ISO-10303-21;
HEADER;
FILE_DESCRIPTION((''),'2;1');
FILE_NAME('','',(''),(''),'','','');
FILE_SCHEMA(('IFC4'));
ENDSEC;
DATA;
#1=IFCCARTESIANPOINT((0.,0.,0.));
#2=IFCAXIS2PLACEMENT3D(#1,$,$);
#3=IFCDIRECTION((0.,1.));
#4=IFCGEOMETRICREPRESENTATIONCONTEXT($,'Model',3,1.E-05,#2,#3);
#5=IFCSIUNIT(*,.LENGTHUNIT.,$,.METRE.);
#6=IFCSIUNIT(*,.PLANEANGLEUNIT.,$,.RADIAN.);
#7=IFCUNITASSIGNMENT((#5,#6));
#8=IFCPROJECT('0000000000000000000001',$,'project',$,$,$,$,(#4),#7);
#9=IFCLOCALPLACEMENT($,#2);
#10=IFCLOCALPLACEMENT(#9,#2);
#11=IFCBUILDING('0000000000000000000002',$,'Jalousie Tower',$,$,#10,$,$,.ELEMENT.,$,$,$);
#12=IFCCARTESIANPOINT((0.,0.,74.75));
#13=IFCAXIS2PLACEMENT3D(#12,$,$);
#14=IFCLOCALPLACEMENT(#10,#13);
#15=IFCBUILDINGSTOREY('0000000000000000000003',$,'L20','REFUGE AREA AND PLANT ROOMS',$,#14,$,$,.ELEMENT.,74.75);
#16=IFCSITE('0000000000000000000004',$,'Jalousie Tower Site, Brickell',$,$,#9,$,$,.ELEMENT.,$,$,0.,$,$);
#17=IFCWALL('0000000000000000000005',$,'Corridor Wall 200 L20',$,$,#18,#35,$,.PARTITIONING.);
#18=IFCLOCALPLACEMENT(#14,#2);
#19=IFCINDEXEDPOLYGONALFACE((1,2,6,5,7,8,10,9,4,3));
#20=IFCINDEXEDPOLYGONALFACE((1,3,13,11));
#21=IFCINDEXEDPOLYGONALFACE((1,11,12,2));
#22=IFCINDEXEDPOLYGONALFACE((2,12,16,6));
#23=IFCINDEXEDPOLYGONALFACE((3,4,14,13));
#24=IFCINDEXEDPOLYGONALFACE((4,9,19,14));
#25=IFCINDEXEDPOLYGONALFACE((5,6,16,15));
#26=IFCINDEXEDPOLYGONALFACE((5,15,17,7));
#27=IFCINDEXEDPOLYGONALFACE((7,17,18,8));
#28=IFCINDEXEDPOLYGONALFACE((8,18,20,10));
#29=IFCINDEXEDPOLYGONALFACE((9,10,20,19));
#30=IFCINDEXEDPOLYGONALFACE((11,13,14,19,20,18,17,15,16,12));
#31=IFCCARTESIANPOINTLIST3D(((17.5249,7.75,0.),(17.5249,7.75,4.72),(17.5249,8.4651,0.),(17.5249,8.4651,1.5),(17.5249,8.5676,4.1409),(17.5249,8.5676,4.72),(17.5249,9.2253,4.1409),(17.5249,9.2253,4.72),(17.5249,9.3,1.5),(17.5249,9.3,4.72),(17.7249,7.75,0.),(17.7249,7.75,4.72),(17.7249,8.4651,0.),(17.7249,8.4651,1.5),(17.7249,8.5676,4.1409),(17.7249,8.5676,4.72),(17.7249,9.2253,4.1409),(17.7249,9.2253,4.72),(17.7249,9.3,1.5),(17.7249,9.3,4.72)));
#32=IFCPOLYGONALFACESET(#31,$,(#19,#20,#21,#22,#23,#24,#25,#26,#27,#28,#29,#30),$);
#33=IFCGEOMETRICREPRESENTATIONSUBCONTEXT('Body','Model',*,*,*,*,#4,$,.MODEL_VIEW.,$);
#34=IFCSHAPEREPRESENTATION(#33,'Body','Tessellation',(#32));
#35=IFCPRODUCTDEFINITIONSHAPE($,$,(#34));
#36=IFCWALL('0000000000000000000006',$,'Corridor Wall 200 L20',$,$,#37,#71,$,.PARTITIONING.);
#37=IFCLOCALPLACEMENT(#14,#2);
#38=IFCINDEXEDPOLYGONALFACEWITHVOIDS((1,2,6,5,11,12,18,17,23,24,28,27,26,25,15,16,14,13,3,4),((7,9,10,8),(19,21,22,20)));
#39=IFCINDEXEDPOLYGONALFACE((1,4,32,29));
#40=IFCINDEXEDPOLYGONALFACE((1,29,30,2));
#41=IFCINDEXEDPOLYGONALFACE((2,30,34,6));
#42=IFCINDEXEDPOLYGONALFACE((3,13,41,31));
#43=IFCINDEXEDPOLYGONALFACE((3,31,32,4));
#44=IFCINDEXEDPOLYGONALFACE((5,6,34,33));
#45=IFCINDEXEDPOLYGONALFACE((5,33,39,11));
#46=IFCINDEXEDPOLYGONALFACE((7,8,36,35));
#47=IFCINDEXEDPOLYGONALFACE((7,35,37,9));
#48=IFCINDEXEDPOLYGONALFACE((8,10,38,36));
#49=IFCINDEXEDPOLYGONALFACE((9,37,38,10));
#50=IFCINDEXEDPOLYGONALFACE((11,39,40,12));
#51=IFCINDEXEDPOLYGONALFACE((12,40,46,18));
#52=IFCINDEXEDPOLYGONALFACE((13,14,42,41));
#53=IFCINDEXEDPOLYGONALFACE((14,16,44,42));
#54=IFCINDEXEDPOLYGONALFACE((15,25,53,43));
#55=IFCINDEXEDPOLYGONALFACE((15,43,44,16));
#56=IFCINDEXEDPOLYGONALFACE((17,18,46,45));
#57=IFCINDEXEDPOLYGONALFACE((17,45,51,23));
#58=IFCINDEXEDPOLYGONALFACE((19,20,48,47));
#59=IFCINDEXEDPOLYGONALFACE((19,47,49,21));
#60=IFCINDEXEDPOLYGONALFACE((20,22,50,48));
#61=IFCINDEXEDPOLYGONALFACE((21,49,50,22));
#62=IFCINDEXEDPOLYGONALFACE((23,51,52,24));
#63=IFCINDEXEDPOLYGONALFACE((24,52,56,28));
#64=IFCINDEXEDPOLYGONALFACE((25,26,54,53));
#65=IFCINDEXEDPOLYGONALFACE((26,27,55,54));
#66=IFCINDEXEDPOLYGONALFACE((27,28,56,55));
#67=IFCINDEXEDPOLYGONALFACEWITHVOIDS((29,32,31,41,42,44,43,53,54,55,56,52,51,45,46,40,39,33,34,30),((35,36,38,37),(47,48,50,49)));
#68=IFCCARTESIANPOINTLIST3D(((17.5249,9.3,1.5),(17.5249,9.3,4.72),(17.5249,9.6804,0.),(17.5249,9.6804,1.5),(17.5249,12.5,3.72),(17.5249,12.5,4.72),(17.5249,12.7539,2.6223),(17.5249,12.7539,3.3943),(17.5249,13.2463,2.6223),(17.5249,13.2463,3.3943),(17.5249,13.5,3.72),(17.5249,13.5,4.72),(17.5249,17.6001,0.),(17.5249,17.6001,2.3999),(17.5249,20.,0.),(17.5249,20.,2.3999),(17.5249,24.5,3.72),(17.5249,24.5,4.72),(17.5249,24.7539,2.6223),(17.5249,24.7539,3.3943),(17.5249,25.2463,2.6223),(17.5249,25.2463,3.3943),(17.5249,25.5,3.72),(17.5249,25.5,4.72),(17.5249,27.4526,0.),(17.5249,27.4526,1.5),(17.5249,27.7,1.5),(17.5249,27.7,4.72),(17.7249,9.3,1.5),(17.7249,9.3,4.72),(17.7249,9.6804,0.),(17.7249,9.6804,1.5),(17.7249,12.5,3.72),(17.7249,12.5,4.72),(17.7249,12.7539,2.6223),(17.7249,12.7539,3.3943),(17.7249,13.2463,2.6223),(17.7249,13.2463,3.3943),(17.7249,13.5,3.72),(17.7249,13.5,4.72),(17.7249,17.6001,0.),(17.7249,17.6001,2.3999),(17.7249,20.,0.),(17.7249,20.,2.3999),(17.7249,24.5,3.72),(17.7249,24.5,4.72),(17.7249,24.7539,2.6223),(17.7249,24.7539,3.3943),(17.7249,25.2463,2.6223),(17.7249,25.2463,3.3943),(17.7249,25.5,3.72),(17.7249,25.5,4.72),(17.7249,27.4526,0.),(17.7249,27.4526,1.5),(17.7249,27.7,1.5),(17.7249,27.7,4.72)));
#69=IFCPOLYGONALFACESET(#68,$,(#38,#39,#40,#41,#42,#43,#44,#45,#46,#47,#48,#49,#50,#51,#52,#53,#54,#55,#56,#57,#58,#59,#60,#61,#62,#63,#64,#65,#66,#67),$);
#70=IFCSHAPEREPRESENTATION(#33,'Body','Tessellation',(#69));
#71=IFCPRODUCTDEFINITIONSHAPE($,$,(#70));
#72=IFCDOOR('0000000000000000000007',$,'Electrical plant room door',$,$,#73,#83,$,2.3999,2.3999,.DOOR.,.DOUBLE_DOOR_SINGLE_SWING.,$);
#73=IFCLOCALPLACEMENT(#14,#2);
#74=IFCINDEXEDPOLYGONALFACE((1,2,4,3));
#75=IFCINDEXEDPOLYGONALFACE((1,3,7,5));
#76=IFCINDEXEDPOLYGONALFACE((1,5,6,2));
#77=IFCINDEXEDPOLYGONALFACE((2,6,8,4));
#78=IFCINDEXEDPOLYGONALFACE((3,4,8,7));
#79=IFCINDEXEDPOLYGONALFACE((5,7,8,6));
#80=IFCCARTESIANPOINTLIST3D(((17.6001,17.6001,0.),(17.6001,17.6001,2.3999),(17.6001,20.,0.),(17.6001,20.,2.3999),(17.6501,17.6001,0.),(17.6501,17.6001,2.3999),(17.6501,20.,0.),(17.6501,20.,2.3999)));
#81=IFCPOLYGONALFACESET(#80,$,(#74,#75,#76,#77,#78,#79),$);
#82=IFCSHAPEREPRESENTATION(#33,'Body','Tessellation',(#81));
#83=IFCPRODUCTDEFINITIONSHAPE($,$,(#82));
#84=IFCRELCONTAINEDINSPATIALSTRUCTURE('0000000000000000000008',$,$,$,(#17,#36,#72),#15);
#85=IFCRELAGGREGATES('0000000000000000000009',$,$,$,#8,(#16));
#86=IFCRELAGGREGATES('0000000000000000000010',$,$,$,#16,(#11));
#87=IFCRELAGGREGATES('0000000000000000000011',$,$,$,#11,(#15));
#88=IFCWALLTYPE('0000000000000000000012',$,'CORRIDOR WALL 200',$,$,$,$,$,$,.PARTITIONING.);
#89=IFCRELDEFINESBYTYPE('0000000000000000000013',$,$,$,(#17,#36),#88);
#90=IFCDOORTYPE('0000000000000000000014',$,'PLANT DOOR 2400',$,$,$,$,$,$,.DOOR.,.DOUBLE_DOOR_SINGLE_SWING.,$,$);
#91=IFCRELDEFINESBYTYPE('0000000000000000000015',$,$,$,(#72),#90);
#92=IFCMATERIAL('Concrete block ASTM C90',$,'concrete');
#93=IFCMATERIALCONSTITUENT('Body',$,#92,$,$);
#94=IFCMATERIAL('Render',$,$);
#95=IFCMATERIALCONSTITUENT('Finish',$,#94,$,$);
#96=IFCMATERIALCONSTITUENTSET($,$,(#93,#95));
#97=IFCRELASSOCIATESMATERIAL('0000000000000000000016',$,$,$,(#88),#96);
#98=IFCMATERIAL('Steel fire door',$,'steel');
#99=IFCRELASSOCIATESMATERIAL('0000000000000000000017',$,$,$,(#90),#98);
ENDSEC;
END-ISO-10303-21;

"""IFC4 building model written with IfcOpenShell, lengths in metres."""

from ifc_helpers import new_model, si_unit, direction, frame, frame_2d, origin, place, context, subcontext, project, spatial, polyline, rectangle, outline, extrude, material, constituent, constituent_set, type_object, element, fill, save


model = new_model("IFC4")

# Units and contexts
model_context = context("Model", 3, precision=1e-05, world=origin(), true_north=direction((0.0, 1.0)))
body_context = subcontext(model_context, "Body", "Model", "MODEL_VIEW")
ifc_project = project(units=[si_unit("LENGTHUNIT", "METRE"), si_unit("PLANEANGLEUNIT", "RADIAN")], contexts=[model_context])

# Site, building, storey
site_placement = place(None, origin())
site = spatial("IfcSite", under=ifc_project, at=site_placement, Name="Jalousie Tower Site, Brickell", CompositionType="ELEMENT", RefElevation=0.0)
building_placement = place(site_placement, origin())
building = spatial("IfcBuilding", under=site, at=building_placement, Name="Jalousie Tower", CompositionType="ELEMENT")
storey_placement = place(building_placement, frame((0.0, 0.0, 74.75)))
storey = spatial("IfcBuildingStorey", under=building, at=storey_placement, Name="L20", Description="REFUGE AREA AND PLANT ROOMS", CompositionType="ELEMENT", Elevation=74.75)

# Shared definitions
ifc_material_1 = material(Name="Concrete block ASTM C90", Category="concrete")
ifc_constituent_1 = constituent(ifc_material_1, Name="Body")
ifc_material_2 = material(Name="Render")
ifc_constituent_2 = constituent(ifc_material_2, Name="Finish")
ifc_constituent_set = constituent_set(constituents=[ifc_constituent_1, ifc_constituent_2])
wall_type_1 = type_object("IfcWallType", Name="CORRIDOR WALL 200", PredefinedType="PARTITIONING", material=ifc_constituent_set)

# Wall
wall_1_placement = place(storey_placement, frame((17.625, 7.75, 0.0), z_axis=(0.0, 0.0, 1.0), x_axis=(0.0, 1.0, 0.0)))
element("IfcWall", 1, at=wall_1_placement, inside=storey, type_object=wall_type_1, Name="Corridor Wall 200 L20", PredefinedType="PARTITIONING", context=body_context, shape_type="SweptSolid", body=[
    extrude(outline(polyline([(1.55, 1.5), (1.55, 4.72), (1.4753, 4.72), (1.4753, 4.1409), (0.8176, 4.1409), (0.8176, 4.72), (0.0, 4.72), (0.0, 0.0), (0.7151, 0.0), (0.7151, 1.5), (1.55, 1.5)])), frame((0.0, 0.1001, 0.0), z_axis=(0.0, -1.0, 0.0), x_axis=(1.0, 0.0, 0.0)), (0.0, 0.0, 1.0), 0.2),
])

# Wall, opening, door
wall_2_placement = place(storey_placement, frame((17.625, 9.3, 0.0), z_axis=(0.0, 0.0, 1.0), x_axis=(0.0, 1.0, 0.0)))
wall_2 = element("IfcWall", 2, at=wall_2_placement, inside=storey, type_object=wall_type_1, Name="Corridor Wall 200 L20", PredefinedType="PARTITIONING", context=body_context, shape_type="SweptSolid", body=[
    extrude(outline(polyline([(18.3999, 1.5), (18.3999, 4.72), (16.2, 4.72), (16.2, 3.72), (15.2, 3.72), (15.2, 4.72), (4.2, 4.72), (4.2, 3.72), (3.2, 3.72), (3.2, 4.72), (0.0, 4.72), (0.0, 1.5), (0.3804, 1.5), (0.3804, 0.0), (18.1526, 0.0), (18.1526, 1.5), (18.3999, 1.5)]), holes=[polyline([(3.4539, 3.3943), (3.9463, 3.3943), (3.9463, 2.6223), (3.4539, 2.6223), (3.4539, 3.3943)]), polyline([(15.4539, 2.6223), (15.4539, 3.3943), (15.9463, 3.3943), (15.9463, 2.6223), (15.4539, 2.6223)])]), frame((0.0, 0.1001, 0.0), z_axis=(0.0, -1.0, 0.0), x_axis=(1.0, 0.0, 0.0)), (0.0, 0.0, 1.0), 0.2),
])
opening_1_placement = place(wall_2_placement, frame((8.3, 0.0, 0.0)))
opening_1 = element("IfcOpeningElement", 3, at=opening_1_placement, cuts=wall_2, PredefinedType="OPENING", context=body_context, shape_type="SweptSolid", body=[
    extrude(rectangle(XDim=2.3999, YDim=2.3999, at=frame_2d((1.2, 1.2))), frame((0.0, 0.1099, 0.0), z_axis=(0.0, -1.0, 0.0), x_axis=(1.0, 0.0, 0.0)), (0.0, 0.0, 1.0), 0.22),
])
ifc_material_3 = material(Name="Steel fire door", Category="steel")
door_type_1 = type_object("IfcDoorType", Name="PLANT DOOR 2400", OperationType="DOUBLE_DOOR_SINGLE_SWING", PredefinedType="DOOR", material=ifc_material_3)
door_1_placement = place(opening_1_placement, origin())
door_1 = element("IfcDoor", 4, at=door_1_placement, inside=storey, type_object=door_type_1, Name="Electrical plant room door", OperationType="DOUBLE_DOOR_SINGLE_SWING", OverallHeight=2.3999, OverallWidth=2.3999, PredefinedType="DOOR", context=body_context, shape_type="SweptSolid", body=[
    extrude(rectangle(XDim=2.3999, YDim=2.3999, at=frame_2d((1.2, 1.2))), frame((0.0, 0.0249, 0.0), z_axis=(0.0, -1.0, 0.0), x_axis=(1.0, 0.0, 0.0)), (0.0, 0.0, 1.0), 0.05),
])
fill(opening_1, door_1)

save(model, "model.ifc")
